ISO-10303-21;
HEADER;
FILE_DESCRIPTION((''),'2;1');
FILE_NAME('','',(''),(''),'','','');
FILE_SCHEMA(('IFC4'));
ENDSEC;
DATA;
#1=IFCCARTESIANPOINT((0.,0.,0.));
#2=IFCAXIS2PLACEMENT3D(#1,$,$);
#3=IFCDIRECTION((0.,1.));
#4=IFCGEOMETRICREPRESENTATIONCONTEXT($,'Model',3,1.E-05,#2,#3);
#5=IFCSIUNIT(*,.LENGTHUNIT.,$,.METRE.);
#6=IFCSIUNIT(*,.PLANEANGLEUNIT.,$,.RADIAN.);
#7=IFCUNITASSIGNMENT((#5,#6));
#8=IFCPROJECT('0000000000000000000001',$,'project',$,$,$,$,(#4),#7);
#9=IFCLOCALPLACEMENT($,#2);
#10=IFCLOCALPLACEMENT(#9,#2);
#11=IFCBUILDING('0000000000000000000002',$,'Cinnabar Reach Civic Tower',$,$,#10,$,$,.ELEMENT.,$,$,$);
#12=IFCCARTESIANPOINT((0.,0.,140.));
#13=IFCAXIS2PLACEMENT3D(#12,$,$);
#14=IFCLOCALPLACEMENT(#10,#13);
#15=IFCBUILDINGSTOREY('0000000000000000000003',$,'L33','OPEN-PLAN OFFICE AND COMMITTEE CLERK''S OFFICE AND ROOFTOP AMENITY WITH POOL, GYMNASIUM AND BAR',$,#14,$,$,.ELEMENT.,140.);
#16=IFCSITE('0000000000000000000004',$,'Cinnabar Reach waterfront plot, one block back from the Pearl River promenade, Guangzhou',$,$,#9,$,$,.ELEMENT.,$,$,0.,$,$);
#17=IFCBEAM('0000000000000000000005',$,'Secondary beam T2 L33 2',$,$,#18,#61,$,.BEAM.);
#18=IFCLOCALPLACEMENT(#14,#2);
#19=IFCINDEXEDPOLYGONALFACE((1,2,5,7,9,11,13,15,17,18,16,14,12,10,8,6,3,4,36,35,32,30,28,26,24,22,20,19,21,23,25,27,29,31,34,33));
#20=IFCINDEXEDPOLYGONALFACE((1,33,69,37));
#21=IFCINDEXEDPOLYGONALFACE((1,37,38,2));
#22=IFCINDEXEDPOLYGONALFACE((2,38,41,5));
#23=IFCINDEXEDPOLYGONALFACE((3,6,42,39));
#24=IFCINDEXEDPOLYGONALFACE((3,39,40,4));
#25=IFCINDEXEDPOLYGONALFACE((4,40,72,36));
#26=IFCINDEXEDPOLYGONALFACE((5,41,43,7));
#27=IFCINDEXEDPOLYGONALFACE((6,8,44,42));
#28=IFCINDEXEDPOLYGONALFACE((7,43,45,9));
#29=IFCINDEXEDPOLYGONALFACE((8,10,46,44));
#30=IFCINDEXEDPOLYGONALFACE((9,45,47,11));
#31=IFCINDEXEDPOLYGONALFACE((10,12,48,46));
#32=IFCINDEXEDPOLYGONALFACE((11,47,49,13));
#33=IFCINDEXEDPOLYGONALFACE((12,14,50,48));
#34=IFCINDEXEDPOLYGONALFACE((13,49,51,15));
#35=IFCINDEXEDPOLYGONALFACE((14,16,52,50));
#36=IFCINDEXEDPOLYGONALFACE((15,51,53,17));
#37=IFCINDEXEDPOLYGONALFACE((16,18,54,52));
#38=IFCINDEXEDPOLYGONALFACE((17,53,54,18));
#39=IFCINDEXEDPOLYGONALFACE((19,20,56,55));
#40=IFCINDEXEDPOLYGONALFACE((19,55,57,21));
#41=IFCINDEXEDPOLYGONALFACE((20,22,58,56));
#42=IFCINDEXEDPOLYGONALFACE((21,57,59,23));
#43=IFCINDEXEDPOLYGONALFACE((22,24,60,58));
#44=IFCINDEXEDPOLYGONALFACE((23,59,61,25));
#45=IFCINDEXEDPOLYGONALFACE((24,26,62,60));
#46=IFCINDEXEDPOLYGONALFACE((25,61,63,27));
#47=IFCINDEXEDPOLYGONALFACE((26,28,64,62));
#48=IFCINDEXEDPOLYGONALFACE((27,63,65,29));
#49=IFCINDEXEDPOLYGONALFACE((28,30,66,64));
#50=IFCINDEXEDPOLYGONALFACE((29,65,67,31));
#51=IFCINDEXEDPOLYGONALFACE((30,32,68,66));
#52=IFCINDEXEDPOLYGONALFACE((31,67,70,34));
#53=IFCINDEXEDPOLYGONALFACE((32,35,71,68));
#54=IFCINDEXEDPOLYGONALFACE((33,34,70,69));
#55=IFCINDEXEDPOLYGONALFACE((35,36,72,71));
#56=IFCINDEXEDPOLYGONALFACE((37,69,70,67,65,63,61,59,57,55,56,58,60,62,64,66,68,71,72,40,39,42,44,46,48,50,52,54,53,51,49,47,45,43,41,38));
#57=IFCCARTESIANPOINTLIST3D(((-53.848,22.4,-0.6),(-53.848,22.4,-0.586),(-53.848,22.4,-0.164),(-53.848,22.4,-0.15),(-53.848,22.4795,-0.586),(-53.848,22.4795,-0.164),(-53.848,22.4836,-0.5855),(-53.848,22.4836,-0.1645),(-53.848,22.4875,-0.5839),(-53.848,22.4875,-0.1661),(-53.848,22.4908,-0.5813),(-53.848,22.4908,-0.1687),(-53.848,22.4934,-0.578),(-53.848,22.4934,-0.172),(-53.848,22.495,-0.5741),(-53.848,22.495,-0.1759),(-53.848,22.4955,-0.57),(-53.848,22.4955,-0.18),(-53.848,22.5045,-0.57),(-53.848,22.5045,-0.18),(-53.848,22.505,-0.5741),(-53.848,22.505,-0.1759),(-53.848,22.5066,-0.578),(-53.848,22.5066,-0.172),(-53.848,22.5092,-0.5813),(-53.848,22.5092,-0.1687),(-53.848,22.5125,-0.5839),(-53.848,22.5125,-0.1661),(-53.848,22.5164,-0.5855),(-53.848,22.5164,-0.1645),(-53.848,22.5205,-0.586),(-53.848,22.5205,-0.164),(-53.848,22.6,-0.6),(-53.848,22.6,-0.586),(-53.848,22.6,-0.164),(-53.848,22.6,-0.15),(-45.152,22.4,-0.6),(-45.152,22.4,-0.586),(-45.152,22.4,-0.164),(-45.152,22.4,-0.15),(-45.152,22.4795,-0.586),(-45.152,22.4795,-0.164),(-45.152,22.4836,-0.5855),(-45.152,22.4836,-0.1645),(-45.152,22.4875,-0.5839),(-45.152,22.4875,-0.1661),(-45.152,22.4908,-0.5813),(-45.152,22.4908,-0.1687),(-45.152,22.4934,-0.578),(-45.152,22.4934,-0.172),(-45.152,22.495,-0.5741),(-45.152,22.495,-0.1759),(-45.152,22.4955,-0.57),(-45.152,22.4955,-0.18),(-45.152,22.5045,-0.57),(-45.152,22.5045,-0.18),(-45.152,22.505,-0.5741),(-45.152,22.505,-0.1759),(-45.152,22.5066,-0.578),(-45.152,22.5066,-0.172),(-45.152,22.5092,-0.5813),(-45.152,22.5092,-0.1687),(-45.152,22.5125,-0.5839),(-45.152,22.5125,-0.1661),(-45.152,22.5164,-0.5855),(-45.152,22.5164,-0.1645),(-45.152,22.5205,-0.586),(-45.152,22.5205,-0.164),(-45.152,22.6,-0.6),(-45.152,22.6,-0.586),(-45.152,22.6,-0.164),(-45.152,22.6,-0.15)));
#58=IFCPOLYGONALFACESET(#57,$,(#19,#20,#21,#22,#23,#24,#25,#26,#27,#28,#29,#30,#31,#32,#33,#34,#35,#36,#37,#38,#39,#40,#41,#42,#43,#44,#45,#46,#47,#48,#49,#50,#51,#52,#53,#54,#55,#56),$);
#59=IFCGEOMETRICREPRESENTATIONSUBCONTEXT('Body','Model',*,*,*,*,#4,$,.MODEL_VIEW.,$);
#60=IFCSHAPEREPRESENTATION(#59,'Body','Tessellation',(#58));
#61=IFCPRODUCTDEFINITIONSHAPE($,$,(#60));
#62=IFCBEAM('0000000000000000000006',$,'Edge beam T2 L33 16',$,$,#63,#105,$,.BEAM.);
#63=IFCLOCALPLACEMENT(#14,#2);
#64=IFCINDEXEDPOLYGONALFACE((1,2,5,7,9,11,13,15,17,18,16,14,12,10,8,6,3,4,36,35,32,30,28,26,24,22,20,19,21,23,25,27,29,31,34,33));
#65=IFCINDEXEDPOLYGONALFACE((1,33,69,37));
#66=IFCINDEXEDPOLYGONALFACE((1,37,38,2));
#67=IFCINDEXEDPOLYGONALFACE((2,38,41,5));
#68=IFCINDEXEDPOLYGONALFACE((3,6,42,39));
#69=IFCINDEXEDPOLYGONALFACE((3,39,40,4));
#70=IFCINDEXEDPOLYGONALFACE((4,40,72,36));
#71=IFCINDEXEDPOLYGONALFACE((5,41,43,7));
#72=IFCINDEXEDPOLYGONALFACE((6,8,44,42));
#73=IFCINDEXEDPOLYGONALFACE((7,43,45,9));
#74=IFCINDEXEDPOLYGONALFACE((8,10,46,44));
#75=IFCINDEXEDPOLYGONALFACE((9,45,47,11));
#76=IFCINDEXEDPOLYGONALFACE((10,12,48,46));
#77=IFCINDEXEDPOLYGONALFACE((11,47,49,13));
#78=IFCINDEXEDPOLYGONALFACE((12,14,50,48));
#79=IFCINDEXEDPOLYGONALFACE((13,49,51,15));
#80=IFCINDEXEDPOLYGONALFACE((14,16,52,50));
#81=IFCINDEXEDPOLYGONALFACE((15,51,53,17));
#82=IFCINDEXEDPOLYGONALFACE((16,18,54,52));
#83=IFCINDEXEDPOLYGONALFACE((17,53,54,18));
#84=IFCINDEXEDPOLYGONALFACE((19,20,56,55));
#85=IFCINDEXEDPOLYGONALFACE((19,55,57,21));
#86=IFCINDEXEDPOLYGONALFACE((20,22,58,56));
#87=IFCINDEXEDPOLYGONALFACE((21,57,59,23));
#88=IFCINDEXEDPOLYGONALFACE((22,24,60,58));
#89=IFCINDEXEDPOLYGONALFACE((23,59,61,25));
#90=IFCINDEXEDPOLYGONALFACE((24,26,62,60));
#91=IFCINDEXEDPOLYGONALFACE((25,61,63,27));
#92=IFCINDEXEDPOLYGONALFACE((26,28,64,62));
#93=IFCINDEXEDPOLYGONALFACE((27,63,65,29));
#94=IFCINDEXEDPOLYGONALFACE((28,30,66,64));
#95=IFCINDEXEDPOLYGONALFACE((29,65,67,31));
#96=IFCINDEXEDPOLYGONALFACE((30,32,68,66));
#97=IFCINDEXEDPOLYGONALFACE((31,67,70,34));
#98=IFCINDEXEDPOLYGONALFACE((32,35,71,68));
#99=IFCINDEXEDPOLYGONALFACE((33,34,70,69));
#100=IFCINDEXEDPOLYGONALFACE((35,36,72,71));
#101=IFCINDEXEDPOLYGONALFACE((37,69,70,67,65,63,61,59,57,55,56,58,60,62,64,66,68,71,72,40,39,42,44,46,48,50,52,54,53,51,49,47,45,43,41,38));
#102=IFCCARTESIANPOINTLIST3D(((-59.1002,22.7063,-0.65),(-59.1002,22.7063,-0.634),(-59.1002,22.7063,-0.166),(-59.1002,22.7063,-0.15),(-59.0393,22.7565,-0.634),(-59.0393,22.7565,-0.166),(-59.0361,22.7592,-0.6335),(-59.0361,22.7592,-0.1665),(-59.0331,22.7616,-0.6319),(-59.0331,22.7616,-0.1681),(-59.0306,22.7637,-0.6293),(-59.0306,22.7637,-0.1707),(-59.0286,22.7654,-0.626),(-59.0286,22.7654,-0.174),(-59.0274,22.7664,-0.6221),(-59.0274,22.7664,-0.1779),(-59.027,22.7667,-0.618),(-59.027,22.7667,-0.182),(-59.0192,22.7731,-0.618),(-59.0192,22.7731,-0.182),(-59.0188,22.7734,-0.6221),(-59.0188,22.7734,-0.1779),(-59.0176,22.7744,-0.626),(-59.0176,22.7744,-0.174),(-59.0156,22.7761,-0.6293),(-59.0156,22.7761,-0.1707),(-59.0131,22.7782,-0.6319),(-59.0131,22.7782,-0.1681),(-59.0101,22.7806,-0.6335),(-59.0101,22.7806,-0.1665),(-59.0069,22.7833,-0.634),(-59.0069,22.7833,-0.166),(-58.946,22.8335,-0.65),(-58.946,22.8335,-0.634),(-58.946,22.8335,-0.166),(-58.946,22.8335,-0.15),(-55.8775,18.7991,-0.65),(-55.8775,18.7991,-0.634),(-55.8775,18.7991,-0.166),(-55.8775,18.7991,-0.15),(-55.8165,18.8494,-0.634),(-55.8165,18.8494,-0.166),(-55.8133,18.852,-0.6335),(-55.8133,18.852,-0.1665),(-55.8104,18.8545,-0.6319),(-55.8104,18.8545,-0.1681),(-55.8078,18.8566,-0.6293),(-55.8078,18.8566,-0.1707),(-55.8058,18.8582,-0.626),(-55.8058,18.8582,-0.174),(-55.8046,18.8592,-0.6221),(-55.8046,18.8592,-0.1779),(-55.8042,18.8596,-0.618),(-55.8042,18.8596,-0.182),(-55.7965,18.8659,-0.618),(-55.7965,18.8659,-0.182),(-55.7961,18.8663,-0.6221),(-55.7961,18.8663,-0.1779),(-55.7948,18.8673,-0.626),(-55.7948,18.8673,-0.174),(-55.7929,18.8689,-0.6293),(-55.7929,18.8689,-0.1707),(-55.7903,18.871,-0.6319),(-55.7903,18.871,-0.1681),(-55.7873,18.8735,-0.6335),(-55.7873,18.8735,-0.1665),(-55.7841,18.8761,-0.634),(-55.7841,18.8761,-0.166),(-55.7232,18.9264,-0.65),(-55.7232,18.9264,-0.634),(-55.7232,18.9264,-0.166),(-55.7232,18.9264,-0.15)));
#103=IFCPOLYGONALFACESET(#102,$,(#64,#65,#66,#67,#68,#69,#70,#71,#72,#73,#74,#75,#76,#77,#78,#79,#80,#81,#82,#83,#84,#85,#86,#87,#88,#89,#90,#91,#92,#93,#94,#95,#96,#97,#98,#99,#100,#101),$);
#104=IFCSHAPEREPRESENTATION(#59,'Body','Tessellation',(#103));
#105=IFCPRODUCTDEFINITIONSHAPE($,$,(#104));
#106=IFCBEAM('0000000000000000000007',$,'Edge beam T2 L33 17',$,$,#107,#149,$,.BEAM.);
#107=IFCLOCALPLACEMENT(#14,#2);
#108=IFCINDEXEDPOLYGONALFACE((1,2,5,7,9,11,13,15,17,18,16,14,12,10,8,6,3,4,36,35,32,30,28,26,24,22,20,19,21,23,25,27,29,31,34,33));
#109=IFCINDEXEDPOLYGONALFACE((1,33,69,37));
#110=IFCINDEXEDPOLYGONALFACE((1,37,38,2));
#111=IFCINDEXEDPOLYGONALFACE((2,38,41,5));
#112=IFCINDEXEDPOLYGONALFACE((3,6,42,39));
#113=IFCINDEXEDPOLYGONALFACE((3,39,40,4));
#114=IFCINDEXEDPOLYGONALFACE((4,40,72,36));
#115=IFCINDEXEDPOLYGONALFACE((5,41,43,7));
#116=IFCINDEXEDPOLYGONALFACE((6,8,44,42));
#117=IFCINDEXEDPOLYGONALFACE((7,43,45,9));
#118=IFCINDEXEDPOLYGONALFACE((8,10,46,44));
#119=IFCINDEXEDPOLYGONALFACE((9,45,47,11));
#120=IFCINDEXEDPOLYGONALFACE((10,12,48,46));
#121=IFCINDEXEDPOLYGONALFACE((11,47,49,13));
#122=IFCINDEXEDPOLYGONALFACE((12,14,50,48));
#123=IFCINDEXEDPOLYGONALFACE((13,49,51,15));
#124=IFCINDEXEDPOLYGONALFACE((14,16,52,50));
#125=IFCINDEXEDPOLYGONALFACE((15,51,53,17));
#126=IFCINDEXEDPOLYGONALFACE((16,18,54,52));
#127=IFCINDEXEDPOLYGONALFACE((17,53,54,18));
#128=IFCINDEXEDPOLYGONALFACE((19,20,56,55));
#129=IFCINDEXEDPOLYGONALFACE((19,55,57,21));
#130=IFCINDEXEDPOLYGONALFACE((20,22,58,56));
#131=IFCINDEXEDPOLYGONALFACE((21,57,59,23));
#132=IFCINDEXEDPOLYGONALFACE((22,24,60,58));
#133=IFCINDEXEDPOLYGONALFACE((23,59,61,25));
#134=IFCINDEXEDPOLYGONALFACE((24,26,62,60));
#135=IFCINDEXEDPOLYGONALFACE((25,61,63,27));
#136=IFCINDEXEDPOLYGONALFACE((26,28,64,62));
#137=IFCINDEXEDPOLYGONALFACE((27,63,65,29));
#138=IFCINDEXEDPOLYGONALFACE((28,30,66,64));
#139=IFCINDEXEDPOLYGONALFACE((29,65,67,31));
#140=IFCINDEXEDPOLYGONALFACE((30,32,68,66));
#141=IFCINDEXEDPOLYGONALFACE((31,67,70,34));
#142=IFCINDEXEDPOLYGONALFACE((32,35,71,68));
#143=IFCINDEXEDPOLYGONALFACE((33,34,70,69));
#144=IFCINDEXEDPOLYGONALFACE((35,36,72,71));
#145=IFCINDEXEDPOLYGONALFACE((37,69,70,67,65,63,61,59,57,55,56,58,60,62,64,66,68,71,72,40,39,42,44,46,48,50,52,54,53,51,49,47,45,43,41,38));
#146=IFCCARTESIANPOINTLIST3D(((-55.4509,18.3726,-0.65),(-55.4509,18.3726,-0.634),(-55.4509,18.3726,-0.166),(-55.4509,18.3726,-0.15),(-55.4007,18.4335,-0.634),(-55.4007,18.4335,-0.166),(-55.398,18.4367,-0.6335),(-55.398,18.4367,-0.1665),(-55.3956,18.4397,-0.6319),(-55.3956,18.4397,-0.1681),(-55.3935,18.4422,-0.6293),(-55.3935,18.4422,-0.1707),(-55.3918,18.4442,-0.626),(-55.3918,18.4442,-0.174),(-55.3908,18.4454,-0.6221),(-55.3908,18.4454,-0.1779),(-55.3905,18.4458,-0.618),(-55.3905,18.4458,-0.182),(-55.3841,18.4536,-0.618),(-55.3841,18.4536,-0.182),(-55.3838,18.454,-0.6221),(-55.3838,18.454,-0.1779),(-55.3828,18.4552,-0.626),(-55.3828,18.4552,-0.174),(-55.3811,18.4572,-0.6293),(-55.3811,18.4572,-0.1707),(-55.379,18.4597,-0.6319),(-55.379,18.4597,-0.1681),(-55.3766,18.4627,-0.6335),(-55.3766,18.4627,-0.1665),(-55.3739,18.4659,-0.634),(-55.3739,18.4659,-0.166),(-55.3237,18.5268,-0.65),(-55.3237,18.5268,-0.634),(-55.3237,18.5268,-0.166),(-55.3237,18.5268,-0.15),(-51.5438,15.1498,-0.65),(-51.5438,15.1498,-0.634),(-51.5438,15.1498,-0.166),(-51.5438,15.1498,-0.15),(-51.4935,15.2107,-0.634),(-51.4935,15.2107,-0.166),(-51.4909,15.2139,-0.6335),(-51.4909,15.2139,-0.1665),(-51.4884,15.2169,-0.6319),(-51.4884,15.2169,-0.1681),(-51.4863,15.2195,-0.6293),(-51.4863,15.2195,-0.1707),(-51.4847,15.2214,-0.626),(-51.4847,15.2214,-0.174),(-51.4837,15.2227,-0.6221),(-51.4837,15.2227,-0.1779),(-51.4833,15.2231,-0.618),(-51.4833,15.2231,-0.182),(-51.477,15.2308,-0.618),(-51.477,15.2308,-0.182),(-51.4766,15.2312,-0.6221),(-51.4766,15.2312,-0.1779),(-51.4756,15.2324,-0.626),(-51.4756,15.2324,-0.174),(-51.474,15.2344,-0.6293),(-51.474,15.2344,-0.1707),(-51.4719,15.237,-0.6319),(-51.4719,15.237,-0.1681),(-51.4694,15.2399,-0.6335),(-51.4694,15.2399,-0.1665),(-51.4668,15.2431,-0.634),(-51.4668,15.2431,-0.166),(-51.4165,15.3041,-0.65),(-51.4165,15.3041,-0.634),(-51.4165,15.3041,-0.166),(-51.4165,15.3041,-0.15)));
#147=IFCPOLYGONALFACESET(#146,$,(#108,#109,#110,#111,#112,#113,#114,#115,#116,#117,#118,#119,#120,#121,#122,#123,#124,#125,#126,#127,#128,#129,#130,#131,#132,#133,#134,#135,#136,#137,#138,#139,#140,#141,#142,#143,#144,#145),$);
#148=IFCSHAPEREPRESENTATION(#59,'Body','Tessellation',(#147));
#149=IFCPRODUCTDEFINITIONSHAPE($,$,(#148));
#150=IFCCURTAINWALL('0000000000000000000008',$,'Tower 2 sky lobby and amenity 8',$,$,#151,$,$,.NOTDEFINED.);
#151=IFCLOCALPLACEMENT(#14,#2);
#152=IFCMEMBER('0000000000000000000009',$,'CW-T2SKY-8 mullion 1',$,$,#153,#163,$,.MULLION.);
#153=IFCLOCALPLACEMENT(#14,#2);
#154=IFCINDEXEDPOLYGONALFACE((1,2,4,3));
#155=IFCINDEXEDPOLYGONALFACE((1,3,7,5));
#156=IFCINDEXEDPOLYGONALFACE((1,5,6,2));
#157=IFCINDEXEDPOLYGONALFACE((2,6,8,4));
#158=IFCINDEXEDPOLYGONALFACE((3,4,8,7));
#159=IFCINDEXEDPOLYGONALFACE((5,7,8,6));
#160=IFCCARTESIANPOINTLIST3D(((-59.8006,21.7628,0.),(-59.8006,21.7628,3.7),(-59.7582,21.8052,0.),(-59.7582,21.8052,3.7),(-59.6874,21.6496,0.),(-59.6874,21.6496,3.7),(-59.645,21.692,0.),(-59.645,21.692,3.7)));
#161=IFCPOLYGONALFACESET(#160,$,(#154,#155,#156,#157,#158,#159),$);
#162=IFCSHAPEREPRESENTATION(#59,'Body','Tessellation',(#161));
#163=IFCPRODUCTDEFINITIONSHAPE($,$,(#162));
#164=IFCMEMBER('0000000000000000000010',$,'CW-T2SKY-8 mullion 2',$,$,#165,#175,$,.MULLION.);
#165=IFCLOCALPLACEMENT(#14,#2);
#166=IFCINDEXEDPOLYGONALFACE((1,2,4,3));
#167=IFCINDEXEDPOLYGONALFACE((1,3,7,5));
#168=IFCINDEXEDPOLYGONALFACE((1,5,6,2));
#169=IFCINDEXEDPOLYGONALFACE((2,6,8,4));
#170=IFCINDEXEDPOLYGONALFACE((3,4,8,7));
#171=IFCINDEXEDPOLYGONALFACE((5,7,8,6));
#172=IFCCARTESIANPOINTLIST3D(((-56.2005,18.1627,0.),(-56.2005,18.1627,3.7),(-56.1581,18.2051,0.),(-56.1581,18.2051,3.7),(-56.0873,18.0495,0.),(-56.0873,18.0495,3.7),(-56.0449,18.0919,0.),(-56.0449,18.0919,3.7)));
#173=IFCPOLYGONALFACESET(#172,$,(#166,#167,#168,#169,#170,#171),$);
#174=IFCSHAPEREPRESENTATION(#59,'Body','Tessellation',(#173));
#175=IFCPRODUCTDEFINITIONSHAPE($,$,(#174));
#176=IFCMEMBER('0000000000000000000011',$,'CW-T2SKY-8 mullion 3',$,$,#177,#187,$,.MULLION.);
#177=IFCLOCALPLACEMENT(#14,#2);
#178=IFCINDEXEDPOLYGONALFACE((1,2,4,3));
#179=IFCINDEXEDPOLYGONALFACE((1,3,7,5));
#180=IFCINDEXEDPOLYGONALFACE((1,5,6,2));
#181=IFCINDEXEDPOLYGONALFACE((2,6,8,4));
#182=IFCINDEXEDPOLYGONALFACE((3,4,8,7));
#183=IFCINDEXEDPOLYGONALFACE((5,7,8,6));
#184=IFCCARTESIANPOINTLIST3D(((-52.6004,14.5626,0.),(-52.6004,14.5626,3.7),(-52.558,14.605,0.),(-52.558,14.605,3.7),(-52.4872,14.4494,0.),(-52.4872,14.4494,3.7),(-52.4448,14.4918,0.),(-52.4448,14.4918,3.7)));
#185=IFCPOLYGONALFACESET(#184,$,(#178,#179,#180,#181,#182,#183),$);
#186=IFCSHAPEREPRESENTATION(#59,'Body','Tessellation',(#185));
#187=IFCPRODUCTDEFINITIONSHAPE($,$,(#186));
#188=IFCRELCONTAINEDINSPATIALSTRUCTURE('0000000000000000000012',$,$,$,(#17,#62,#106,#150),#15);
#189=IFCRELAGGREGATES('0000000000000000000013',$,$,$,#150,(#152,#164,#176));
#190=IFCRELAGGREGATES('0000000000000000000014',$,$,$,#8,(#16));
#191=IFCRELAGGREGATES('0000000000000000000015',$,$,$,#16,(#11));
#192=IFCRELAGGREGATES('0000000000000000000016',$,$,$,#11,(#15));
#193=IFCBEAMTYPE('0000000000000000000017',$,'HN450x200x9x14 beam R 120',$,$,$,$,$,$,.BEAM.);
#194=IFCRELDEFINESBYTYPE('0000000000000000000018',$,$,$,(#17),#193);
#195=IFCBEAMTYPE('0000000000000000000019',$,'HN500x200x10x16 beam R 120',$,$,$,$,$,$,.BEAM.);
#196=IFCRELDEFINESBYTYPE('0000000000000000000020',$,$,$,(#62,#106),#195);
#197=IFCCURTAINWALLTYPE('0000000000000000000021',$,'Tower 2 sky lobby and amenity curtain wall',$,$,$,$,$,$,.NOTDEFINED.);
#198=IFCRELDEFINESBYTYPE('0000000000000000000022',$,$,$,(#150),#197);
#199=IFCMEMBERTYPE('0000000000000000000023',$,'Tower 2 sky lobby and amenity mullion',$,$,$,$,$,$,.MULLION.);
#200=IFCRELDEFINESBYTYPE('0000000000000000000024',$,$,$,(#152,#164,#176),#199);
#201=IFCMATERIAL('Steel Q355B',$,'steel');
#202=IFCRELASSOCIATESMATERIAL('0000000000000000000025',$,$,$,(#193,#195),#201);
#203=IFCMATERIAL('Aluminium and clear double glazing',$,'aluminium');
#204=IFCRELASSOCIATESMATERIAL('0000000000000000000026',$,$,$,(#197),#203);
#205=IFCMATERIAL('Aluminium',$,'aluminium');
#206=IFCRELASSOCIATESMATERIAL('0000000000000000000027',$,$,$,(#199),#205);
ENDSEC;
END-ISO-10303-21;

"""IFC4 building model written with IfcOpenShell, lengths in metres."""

from ifc_helpers import new_model, si_unit, direction, frame, origin, origin_2d, place, context, subcontext, project, spatial, rectangle, i_section, extrude, material, material_profile, profile_set, type_object, element, aggregate, save


model = new_model("IFC4")

# Units and contexts
model_context = context("Model", 3, precision=1e-05, world=origin(), true_north=direction((0.0, 1.0)))
body_context = subcontext(model_context, "Body", "Model", "MODEL_VIEW")
ifc_project = project(units=[si_unit("LENGTHUNIT", "METRE"), si_unit("PLANEANGLEUNIT", "RADIAN")], contexts=[model_context])

# Site, building, storey
site_placement = place(None, origin())
site = spatial("IfcSite", under=ifc_project, at=site_placement, Name="Cinnabar Reach waterfront plot, one block back from the Pearl River promenade, Guangzhou", CompositionType="ELEMENT", RefElevation=0.0)
building_placement = place(site_placement, origin())
building = spatial("IfcBuilding", under=site, at=building_placement, Name="Cinnabar Reach Civic Tower", CompositionType="ELEMENT")
storey_placement = place(building_placement, frame((0.0, 0.0, 140.0)))
storey = spatial("IfcBuildingStorey", under=building, at=storey_placement, Name="L33", Description="OPEN-PLAN OFFICE AND COMMITTEE CLERK'S OFFICE AND ROOFTOP AMENITY WITH POOL, GYMNASIUM AND BAR", CompositionType="ELEMENT", Elevation=140.0)

# Beams
ifc_material_1 = material(Name="Steel Q355B", Category="steel")
ifc_material_profile_1 = material_profile(ifc_material_1, i_section(OverallWidth=0.2, OverallDepth=0.45, WebThickness=0.009, FlangeThickness=0.014, FilletRadius=0.016, at=origin_2d()), Name="HN450x200x9x14")
ifc_profile_set_1 = profile_set([ifc_material_profile_1], Name="Steel Q355B")
beam_type_1 = type_object("IfcBeamType", Name="HN450x200x9x14 beam R 120", PredefinedType="BEAM", material=ifc_profile_set_1)
beam_1_placement = place(storey_placement, frame((-53.848, 22.5, -0.375), z_axis=(1.0, 0.0, 0.0), x_axis=(0.0, 1.0, 0.0)))
element("IfcBeam", 1, at=beam_1_placement, inside=storey, type_object=beam_type_1, Name="Secondary beam T2 L33 2", PredefinedType="BEAM", context=body_context, shape_type="SweptSolid", body=[
    extrude(i_section(OverallWidth=0.2, OverallDepth=0.45, WebThickness=0.009, FlangeThickness=0.014, FilletRadius=0.016, at=origin_2d()), origin(), (0.0, 0.0, 1.0), 8.696),
])
ifc_material_profile_2 = material_profile(ifc_material_1, i_section(OverallWidth=0.2, OverallDepth=0.5, WebThickness=0.01, FlangeThickness=0.016, FilletRadius=0.016, at=origin_2d()), Name="HN500x200x10x16")
ifc_profile_set_2 = profile_set([ifc_material_profile_2], Name="Steel Q355B")
beam_type_2 = type_object("IfcBeamType", Name="HN500x200x10x16 beam R 120", PredefinedType="BEAM", material=ifc_profile_set_2)
for number, where, z_axis, x_axis, name in (
    (2, (-59.0231, 22.7699, -0.4), (0.636308, -0.771435, 0.0), (0.771435, 0.636308, 0.0), "Edge beam T2 L33 16"),
    (3, (-55.3873, 18.4497, -0.4), (0.771435, -0.636308, 0.0), (0.636308, 0.771435, 0.0), "Edge beam T2 L33 17"),
):
    element("IfcBeam", number, at=place(storey_placement, frame(where, z_axis=z_axis, x_axis=x_axis)), inside=storey, type_object=beam_type_2, Name=name, PredefinedType="BEAM", context=body_context, shape_type="SweptSolid", body=[
        extrude(i_section(OverallWidth=0.2, OverallDepth=0.5, WebThickness=0.01, FlangeThickness=0.016, FilletRadius=0.016, at=origin_2d()), origin(), (0.0, 0.0, 1.0), 5.0648),
    ])

# Curtain wall, members
ifc_material_2 = material(Name="Aluminium and clear double glazing", Category="aluminium")
curtain_wall_type = type_object("IfcCurtainWallType", Name="Tower 2 sky lobby and amenity curtain wall", PredefinedType="NOTDEFINED", material=ifc_material_2)
curtain_wall_placement = place(storey_placement, origin())
curtain_wall = element("IfcCurtainWall", 4, at=curtain_wall_placement, inside=storey, type_object=curtain_wall_type, Name="Tower 2 sky lobby and amenity 8", PredefinedType="NOTDEFINED")
ifc_material_3 = material(Name="Aluminium", Category="aluminium")
ifc_material_profile_3 = material_profile(ifc_material_3, rectangle(XDim=0.06, YDim=0.16, at=origin_2d()), Name="Tower 2 sky lobby and amenity mullion")
ifc_profile_set_3 = profile_set([ifc_material_profile_3], Name="Aluminium")
member_type_1 = type_object("IfcMemberType", Name="Tower 2 sky lobby and amenity mullion", PredefinedType="MULLION", material=ifc_profile_set_3)
member_1_placement = place(storey_placement, frame((-59.7228, 21.7274, 0.0), z_axis=(0.0, 0.0, 1.0), x_axis=(0.707107, 0.707107, 0.0)))
member_1 = element("IfcMember", 5, at=member_1_placement, type_object=member_type_1, Name="CW-T2SKY-8 mullion 1", PredefinedType="MULLION", context=body_context, shape_type="SweptSolid", body=[
    extrude(rectangle(XDim=0.06, YDim=0.16, at=origin_2d()), origin(), (0.0, 0.0, 1.0), 3.7),
])
member_2_placement = place(storey_placement, frame((-56.1227, 18.1273, 0.0), z_axis=(0.0, 0.0, 1.0), x_axis=(0.707107, 0.707107, 0.0)))
member_2 = element("IfcMember", 6, at=member_2_placement, type_object=member_type_1, Name="CW-T2SKY-8 mullion 2", PredefinedType="MULLION", context=body_context, shape_type="SweptSolid", body=[
    extrude(rectangle(XDim=0.06, YDim=0.16, at=origin_2d()), origin(), (0.0, 0.0, 1.0), 3.7),
])
member_3_placement = place(storey_placement, frame((-52.5226, 14.5272, 0.0), z_axis=(0.0, 0.0, 1.0), x_axis=(0.707107, 0.707107, 0.0)))
member_3 = element("IfcMember", 7, at=member_3_placement, type_object=member_type_1, Name="CW-T2SKY-8 mullion 3", PredefinedType="MULLION", context=body_context, shape_type="SweptSolid", body=[
    extrude(rectangle(XDim=0.06, YDim=0.16, at=origin_2d()), origin(), (0.0, 0.0, 1.0), 3.7),
])
aggregate(curtain_wall, [member_1, member_2, member_3])

save(model, "model.ifc")
